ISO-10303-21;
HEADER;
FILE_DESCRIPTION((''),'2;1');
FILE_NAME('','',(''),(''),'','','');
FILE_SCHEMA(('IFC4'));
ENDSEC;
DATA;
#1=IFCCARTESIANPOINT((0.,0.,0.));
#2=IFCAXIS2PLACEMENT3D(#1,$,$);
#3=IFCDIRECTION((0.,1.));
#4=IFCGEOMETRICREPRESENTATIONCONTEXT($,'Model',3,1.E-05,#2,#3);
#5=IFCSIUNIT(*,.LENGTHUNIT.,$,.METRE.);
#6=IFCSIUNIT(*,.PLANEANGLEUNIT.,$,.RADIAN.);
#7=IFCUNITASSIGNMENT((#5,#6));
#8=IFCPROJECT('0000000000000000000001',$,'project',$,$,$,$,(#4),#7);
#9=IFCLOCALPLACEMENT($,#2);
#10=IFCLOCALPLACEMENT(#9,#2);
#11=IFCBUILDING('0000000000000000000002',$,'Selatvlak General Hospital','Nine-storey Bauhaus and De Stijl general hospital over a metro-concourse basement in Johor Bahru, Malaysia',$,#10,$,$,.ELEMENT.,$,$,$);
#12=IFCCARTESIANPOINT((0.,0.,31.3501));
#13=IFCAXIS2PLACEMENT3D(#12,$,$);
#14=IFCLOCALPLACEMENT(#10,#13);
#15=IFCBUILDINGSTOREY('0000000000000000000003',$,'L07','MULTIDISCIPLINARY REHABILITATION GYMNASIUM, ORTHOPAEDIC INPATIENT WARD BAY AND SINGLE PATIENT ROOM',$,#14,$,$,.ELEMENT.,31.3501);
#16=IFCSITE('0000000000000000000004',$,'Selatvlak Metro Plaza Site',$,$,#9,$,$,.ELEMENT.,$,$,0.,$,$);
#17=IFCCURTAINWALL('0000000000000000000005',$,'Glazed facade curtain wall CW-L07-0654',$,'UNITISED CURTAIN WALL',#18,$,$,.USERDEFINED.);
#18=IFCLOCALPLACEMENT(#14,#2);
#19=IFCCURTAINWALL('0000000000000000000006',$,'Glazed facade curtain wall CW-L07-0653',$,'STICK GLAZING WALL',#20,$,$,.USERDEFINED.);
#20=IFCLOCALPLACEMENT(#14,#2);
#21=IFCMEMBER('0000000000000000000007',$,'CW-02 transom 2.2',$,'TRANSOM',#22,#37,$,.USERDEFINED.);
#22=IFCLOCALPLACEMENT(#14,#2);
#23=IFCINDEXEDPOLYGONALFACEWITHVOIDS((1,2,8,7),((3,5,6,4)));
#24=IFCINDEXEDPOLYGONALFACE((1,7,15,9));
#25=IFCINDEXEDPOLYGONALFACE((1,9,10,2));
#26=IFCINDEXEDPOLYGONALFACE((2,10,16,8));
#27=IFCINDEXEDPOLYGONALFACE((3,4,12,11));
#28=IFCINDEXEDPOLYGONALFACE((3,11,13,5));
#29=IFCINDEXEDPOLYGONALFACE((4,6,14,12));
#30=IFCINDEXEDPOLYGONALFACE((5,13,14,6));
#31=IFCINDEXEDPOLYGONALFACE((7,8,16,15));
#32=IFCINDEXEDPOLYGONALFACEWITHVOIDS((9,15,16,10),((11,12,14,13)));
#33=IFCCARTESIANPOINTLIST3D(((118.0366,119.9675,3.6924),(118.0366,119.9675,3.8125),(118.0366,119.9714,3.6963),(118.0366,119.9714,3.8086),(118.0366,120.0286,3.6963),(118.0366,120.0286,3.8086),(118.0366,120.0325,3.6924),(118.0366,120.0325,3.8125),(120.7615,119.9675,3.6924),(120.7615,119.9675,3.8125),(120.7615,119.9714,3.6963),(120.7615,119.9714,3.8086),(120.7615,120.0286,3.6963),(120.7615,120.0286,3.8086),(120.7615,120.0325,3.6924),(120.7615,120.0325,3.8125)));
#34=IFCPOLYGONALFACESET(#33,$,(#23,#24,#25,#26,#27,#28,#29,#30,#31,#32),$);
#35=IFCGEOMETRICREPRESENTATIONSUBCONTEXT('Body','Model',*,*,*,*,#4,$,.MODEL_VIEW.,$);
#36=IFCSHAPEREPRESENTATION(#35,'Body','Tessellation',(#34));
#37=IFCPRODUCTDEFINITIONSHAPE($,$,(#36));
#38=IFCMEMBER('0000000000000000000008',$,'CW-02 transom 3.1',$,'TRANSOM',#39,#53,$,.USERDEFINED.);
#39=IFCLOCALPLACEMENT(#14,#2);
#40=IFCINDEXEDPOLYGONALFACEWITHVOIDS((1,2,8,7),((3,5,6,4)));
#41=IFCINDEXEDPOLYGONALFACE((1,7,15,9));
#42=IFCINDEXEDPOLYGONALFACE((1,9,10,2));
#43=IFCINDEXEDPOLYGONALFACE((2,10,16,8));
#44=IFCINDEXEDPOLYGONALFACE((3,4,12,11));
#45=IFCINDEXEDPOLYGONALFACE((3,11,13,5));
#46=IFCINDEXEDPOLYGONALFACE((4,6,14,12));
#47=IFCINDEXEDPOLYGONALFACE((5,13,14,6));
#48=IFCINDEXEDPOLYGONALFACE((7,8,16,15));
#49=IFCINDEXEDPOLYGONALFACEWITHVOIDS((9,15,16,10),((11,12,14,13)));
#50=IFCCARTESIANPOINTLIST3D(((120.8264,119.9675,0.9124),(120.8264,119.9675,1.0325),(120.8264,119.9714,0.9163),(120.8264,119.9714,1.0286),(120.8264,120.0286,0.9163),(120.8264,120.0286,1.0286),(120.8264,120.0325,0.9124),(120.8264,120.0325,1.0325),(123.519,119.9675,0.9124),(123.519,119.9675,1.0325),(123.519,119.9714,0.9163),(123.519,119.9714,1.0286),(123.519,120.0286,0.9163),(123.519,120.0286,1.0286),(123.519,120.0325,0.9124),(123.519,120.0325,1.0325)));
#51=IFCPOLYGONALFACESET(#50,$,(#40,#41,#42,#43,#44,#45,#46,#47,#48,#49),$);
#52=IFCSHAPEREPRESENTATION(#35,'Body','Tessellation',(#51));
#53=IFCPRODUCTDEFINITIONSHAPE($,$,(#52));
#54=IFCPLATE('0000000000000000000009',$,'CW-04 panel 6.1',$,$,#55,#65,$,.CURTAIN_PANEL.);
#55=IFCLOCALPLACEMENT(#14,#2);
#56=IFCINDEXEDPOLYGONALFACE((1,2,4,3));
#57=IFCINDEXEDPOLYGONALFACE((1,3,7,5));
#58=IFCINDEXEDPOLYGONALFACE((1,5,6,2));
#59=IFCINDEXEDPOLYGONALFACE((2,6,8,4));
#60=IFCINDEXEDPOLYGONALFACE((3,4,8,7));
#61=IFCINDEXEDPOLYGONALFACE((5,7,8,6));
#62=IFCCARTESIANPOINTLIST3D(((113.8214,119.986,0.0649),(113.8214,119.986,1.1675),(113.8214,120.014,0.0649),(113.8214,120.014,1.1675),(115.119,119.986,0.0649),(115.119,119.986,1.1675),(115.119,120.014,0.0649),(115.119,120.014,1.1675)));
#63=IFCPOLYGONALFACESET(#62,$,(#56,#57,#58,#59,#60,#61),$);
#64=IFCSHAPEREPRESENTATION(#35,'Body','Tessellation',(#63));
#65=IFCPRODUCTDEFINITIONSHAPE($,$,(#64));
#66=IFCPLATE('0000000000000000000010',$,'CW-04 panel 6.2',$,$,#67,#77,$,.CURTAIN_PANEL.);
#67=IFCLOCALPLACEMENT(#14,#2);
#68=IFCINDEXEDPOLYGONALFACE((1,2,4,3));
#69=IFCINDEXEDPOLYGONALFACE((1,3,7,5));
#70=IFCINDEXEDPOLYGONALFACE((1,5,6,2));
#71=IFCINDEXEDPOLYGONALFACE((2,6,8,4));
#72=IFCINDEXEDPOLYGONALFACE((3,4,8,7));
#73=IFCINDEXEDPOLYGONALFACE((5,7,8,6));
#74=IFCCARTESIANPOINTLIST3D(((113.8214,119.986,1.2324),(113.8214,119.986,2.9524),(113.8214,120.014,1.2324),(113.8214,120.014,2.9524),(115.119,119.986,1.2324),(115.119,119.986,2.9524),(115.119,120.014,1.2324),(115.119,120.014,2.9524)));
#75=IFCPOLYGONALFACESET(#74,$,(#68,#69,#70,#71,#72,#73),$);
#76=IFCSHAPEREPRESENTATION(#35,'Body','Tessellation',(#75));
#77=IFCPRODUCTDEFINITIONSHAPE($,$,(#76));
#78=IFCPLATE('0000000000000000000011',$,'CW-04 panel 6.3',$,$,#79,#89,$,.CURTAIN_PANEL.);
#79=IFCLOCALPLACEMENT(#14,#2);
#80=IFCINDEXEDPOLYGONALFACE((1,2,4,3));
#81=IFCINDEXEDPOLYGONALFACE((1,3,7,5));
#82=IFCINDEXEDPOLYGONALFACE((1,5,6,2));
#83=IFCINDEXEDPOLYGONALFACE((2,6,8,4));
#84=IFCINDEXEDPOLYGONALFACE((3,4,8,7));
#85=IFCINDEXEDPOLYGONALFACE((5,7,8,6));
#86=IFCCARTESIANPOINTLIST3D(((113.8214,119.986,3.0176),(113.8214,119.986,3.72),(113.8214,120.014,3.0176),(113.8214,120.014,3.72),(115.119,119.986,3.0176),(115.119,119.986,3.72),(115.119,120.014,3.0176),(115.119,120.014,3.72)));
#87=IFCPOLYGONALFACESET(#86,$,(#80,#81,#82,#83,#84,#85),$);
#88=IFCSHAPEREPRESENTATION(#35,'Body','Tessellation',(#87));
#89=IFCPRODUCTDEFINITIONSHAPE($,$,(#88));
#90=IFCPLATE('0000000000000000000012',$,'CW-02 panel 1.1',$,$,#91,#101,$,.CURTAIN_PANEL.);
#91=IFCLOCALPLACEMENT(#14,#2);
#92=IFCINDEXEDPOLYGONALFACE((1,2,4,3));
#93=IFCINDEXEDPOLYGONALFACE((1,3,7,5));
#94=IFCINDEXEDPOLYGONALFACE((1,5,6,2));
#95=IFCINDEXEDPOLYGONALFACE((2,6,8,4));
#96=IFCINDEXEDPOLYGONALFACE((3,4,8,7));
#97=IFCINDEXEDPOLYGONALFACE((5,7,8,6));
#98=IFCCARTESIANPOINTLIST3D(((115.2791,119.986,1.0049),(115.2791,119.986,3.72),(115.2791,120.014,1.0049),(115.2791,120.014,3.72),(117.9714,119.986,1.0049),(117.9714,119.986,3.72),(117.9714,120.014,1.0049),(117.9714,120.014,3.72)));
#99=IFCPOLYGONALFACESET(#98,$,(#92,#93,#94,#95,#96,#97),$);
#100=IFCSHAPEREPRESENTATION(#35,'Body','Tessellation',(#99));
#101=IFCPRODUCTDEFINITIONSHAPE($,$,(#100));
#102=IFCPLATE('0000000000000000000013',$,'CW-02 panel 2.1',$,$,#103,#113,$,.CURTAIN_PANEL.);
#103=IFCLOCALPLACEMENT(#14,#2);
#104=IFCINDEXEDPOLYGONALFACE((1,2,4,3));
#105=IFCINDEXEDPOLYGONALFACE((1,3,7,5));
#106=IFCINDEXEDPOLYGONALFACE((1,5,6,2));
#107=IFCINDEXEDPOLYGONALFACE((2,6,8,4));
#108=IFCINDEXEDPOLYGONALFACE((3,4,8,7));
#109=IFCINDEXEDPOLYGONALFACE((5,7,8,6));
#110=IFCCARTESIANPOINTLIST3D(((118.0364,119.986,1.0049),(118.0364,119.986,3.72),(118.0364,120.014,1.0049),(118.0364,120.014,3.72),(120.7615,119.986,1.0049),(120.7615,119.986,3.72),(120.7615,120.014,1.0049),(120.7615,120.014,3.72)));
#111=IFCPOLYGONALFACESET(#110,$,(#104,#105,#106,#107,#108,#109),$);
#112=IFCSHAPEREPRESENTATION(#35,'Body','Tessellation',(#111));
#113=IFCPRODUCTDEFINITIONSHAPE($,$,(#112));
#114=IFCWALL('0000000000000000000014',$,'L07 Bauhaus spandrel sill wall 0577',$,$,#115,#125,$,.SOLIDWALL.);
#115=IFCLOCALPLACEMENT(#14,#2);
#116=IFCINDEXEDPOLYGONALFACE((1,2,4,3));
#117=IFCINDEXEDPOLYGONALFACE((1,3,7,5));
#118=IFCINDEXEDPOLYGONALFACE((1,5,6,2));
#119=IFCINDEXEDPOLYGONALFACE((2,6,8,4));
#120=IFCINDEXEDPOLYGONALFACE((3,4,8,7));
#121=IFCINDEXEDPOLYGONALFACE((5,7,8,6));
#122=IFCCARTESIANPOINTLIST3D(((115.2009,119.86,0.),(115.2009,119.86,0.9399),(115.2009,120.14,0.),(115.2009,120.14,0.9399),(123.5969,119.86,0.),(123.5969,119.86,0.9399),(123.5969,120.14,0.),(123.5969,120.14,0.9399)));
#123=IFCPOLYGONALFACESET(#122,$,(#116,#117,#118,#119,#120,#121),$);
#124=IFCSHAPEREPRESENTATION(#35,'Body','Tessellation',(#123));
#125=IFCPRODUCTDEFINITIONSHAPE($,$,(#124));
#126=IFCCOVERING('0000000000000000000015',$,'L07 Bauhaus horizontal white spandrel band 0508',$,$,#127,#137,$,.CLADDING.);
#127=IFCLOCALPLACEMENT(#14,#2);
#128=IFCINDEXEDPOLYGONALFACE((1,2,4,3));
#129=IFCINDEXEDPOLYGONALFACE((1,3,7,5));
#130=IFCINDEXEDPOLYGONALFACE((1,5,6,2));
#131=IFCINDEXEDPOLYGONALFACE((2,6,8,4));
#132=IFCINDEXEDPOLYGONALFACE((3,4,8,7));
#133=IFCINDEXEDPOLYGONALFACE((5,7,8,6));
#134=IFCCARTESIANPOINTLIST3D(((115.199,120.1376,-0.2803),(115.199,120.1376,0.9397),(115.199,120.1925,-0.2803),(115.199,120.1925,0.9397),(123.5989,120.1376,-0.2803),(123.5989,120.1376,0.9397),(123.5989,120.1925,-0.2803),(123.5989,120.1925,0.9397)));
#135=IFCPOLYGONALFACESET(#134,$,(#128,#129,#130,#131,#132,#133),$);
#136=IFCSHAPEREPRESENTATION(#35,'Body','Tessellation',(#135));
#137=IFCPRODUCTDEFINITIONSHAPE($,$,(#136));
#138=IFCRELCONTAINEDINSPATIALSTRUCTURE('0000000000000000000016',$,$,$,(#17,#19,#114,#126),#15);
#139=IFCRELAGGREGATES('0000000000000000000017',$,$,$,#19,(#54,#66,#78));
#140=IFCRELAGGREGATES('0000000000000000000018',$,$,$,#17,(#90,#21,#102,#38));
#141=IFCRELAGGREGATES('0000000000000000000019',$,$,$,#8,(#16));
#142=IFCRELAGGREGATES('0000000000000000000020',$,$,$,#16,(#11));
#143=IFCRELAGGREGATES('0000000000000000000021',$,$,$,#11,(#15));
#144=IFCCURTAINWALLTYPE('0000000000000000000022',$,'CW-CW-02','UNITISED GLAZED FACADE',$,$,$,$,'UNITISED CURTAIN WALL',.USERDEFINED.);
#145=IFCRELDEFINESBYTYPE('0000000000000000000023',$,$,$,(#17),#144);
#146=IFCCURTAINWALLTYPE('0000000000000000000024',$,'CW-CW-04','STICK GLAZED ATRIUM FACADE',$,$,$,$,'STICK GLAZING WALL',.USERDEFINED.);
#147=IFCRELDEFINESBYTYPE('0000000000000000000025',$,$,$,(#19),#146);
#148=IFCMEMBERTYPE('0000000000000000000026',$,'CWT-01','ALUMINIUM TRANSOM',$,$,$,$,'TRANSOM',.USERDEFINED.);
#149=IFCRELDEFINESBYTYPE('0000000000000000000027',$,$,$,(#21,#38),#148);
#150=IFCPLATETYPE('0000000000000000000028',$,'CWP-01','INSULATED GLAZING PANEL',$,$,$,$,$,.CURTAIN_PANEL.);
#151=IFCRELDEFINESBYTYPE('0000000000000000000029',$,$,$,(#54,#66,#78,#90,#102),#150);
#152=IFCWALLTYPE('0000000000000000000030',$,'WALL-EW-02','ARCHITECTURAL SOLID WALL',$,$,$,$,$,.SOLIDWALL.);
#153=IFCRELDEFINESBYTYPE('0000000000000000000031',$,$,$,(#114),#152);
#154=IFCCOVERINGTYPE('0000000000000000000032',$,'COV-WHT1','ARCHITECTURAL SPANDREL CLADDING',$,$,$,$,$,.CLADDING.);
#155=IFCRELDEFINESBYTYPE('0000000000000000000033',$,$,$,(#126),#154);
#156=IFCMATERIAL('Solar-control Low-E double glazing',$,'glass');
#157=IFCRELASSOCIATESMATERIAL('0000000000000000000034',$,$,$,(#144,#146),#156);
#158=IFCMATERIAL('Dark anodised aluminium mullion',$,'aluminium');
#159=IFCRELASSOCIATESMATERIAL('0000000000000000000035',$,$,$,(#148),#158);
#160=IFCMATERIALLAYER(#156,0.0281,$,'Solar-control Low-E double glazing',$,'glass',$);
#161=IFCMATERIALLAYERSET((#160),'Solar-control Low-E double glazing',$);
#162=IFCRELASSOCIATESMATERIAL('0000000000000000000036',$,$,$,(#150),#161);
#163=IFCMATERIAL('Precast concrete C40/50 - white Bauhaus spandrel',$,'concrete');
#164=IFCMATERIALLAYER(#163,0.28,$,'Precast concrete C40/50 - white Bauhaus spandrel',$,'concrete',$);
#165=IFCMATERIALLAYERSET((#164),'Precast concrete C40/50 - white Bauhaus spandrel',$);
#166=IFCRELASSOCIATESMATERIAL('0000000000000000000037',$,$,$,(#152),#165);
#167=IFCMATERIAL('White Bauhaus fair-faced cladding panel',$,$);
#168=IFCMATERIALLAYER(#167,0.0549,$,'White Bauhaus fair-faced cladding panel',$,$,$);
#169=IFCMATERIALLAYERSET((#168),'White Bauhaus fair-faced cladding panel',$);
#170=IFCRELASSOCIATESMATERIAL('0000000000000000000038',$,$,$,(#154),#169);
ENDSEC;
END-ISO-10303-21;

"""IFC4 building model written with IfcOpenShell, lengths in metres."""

from ifc_helpers import new_model, si_unit, direction, frame, frame_2d, origin, origin_2d, place, context, subcontext, project, spatial, rectangle, hollow_rectangle, extrude, material, layer, layer_set, material_profile, profile_set, type_object, element, aggregate, save


model = new_model("IFC4")

# Units and contexts
model_context = context("Model", 3, precision=1e-05, world=origin(), true_north=direction((0.0, 1.0)))
body_context = subcontext(model_context, "Body", "Model", "MODEL_VIEW")
ifc_project = project(units=[si_unit("LENGTHUNIT", "METRE"), si_unit("PLANEANGLEUNIT", "RADIAN")], contexts=[model_context])

# Site, building, storey
site_placement = place(None, origin())
site = spatial("IfcSite", under=ifc_project, at=site_placement, Name="Selatvlak Metro Plaza Site", CompositionType="ELEMENT", RefElevation=0.0)
building_placement = place(site_placement, origin())
building = spatial("IfcBuilding", under=site, at=building_placement, Name="Selatvlak General Hospital", Description="Nine-storey Bauhaus and De Stijl general hospital over a metro-concourse basement in Johor Bahru, Malaysia", CompositionType="ELEMENT")
storey_placement = place(building_placement, frame((0.0, 0.0, 31.3501)))
storey = spatial("IfcBuildingStorey", under=building, at=storey_placement, Name="L07", Description="MULTIDISCIPLINARY REHABILITATION GYMNASIUM, ORTHOPAEDIC INPATIENT WARD BAY AND SINGLE PATIENT ROOM", CompositionType="ELEMENT", Elevation=31.3501)

# Curtain walls
ifc_material_1 = material(Name="Solar-control Low-E double glazing", Category="glass")
curtain_wall_type_1 = type_object("IfcCurtainWallType", Name="CW-CW-02", Description="UNITISED GLAZED FACADE", ElementType="UNITISED CURTAIN WALL", PredefinedType="USERDEFINED", material=ifc_material_1)
curtain_wall_1_placement = place(storey_placement, origin())
curtain_wall_1 = element("IfcCurtainWall", 1, at=curtain_wall_1_placement, inside=storey, type_object=curtain_wall_type_1, Name="Glazed facade curtain wall CW-L07-0654", ObjectType="UNITISED CURTAIN WALL", PredefinedType="USERDEFINED")
ifc_material_2 = material(Name="Dark anodised aluminium mullion", Category="aluminium")
curtain_wall_type_2 = type_object("IfcCurtainWallType", Name="CW-CW-04", Description="STICK GLAZED ATRIUM FACADE", ElementType="STICK GLAZING WALL", PredefinedType="USERDEFINED", material=ifc_material_1)
curtain_wall_2_placement = place(storey_placement, origin())
curtain_wall_2 = element("IfcCurtainWall", 2, at=curtain_wall_2_placement, inside=storey, type_object=curtain_wall_type_2, Name="Glazed facade curtain wall CW-L07-0653", ObjectType="STICK GLAZING WALL", PredefinedType="USERDEFINED")
ifc_material_profile_1 = material_profile(ifc_material_2, hollow_rectangle(XDim=0.0649, YDim=0.1201, WallThickness=0.0039, at=origin_2d()), Name="AL-TRN 65x120x4")
ifc_profile_set_1 = profile_set([ifc_material_profile_1], Name="Dark anodised aluminium mullion")
member_type_1 = type_object("IfcMemberType", Name="CWT-01", Description="ALUMINIUM TRANSOM", ElementType="TRANSOM", PredefinedType="USERDEFINED", material=ifc_profile_set_1)

# Members
member_1_placement = place(storey_placement, frame((118.0366, 120.0, 3.7524), z_axis=(1.0, 0.0, 0.0), x_axis=(0.0, 1.0, 0.0)))
member_1 = element("IfcMember", 3, at=member_1_placement, type_object=member_type_1, Name="CW-02 transom 2.2", ObjectType="TRANSOM", PredefinedType="USERDEFINED", context=body_context, shape_type="SweptSolid", body=[
    extrude(hollow_rectangle(XDim=0.0649, YDim=0.1201, WallThickness=0.0039, at=origin_2d()), origin(), (0.0, 0.0, 1.0), 2.7249),
])
member_2_placement = place(storey_placement, frame((120.8264, 120.0, 0.9724), z_axis=(1.0, 0.0, 0.0), x_axis=(0.0, 1.0, 0.0)))
member_2 = element("IfcMember", 4, at=member_2_placement, type_object=member_type_1, Name="CW-02 transom 3.1", ObjectType="TRANSOM", PredefinedType="USERDEFINED", context=body_context, shape_type="SweptSolid", body=[
    extrude(hollow_rectangle(XDim=0.0649, YDim=0.1201, WallThickness=0.0039, at=origin_2d()), origin(), (0.0, 0.0, 1.0), 2.6926),
])

# Plates
ifc_layer_1 = layer(ifc_material_1, 0.0281, Name="Solar-control Low-E double glazing", Category="glass")
ifc_layer_set_1 = layer_set([ifc_layer_1], Name="Solar-control Low-E double glazing")
plate_type = type_object("IfcPlateType", Name="CWP-01", Description="INSULATED GLAZING PANEL", PredefinedType="CURTAIN_PANEL", material=ifc_layer_set_1)
plate_1_placement = place(storey_placement, frame((114.4702, 120.0, 0.0649), z_axis=(0.0, 0.0, 1.0), x_axis=(1.0, 0.0, 0.0)))
plate_1 = element("IfcPlate", 5, at=plate_1_placement, type_object=plate_type, Name="CW-04 panel 6.1", PredefinedType="CURTAIN_PANEL", context=body_context, shape_type="SweptSolid", body=[
    extrude(rectangle(XDim=1.2976, YDim=0.0281, at=origin_2d()), origin(), (0.0, 0.0, 1.0), 1.1025),
])
plate_2_placement = place(storey_placement, frame((114.4702, 120.0, 1.2324), z_axis=(0.0, 0.0, 1.0), x_axis=(1.0, 0.0, 0.0)))
plate_2 = element("IfcPlate", 6, at=plate_2_placement, type_object=plate_type, Name="CW-04 panel 6.2", PredefinedType="CURTAIN_PANEL", context=body_context, shape_type="SweptSolid", body=[
    extrude(rectangle(XDim=1.2976, YDim=0.0281, at=origin_2d()), origin(), (0.0, 0.0, 1.0), 1.72),
])
plate_3_placement = place(storey_placement, frame((114.4702, 120.0, 3.0176), z_axis=(0.0, 0.0, 1.0), x_axis=(1.0, 0.0, 0.0)))
plate_3 = element("IfcPlate", 7, at=plate_3_placement, type_object=plate_type, Name="CW-04 panel 6.3", PredefinedType="CURTAIN_PANEL", context=body_context, shape_type="SweptSolid", body=[
    extrude(rectangle(XDim=1.2976, YDim=0.0281, at=origin_2d()), origin(), (0.0, 0.0, 1.0), 0.7024),
])
aggregate(curtain_wall_2, [plate_1, plate_2, plate_3])
plate_4_placement = place(storey_placement, frame((116.6252, 120.0, 1.0049), z_axis=(0.0, 0.0, 1.0), x_axis=(1.0, 0.0, 0.0)))
plate_4 = element("IfcPlate", 8, at=plate_4_placement, type_object=plate_type, Name="CW-02 panel 1.1", PredefinedType="CURTAIN_PANEL", context=body_context, shape_type="SweptSolid", body=[
    extrude(rectangle(XDim=2.6924, YDim=0.0281, at=origin_2d()), origin(), (0.0, 0.0, 1.0), 2.7151),
])
plate_5_placement = place(storey_placement, frame((119.3989, 120.0, 1.0049), z_axis=(0.0, 0.0, 1.0), x_axis=(1.0, 0.0, 0.0)))
plate_5 = element("IfcPlate", 9, at=plate_5_placement, type_object=plate_type, Name="CW-02 panel 2.1", PredefinedType="CURTAIN_PANEL", context=body_context, shape_type="SweptSolid", body=[
    extrude(rectangle(XDim=2.7251, YDim=0.0281, at=origin_2d()), origin(), (0.0, 0.0, 1.0), 2.7151),
])
aggregate(curtain_wall_1, [plate_4, member_1, plate_5, member_2])

# Wall
ifc_material_3 = material(Name="Precast concrete C40/50 - white Bauhaus spandrel", Category="concrete")
ifc_layer_2 = layer(ifc_material_3, 0.28, Name="Precast concrete C40/50 - white Bauhaus spandrel", Category="concrete")
ifc_layer_set_2 = layer_set([ifc_layer_2], Name="Precast concrete C40/50 - white Bauhaus spandrel")
wall_type = type_object("IfcWallType", Name="WALL-EW-02", Description="ARCHITECTURAL SOLID WALL", PredefinedType="SOLIDWALL", material=ifc_layer_set_2)
wall_placement = place(storey_placement, frame((115.2009, 120.0, 0.0), z_axis=(0.0, 0.0, 1.0), x_axis=(1.0, 0.0, 0.0)))
element("IfcWall", 10, at=wall_placement, inside=storey, type_object=wall_type, Name="L07 Bauhaus spandrel sill wall 0577", PredefinedType="SOLIDWALL", context=body_context, shape_type="SweptSolid", body=[
    extrude(rectangle(XDim=8.396, YDim=0.28, at=frame_2d((4.198, 0.0))), origin(), (0.0, 0.0, 1.0), 0.9399),
])

# Covering
ifc_material_4 = material(Name="White Bauhaus fair-faced cladding panel")
ifc_layer_3 = layer(ifc_material_4, 0.0549, Name="White Bauhaus fair-faced cladding panel")
ifc_layer_set_3 = layer_set([ifc_layer_3], Name="White Bauhaus fair-faced cladding panel")
covering_type = type_object("IfcCoveringType", Name="COV-WHT1", Description="ARCHITECTURAL SPANDREL CLADDING", PredefinedType="CLADDING", material=ifc_layer_set_3)
covering_placement = place(storey_placement, frame((119.3989, 120.165, -0.2803), z_axis=(0.0, 0.0, 1.0), x_axis=(1.0, 0.0, 0.0)))
element("IfcCovering", 11, at=covering_placement, inside=storey, type_object=covering_type, Name="L07 Bauhaus horizontal white spandrel band 0508", PredefinedType="CLADDING", context=body_context, shape_type="SweptSolid", body=[
    extrude(rectangle(XDim=8.3999, YDim=0.0549, at=origin_2d()), origin(), (0.0, 0.0, 1.0), 1.22),
])

save(model, "model.ifc")
